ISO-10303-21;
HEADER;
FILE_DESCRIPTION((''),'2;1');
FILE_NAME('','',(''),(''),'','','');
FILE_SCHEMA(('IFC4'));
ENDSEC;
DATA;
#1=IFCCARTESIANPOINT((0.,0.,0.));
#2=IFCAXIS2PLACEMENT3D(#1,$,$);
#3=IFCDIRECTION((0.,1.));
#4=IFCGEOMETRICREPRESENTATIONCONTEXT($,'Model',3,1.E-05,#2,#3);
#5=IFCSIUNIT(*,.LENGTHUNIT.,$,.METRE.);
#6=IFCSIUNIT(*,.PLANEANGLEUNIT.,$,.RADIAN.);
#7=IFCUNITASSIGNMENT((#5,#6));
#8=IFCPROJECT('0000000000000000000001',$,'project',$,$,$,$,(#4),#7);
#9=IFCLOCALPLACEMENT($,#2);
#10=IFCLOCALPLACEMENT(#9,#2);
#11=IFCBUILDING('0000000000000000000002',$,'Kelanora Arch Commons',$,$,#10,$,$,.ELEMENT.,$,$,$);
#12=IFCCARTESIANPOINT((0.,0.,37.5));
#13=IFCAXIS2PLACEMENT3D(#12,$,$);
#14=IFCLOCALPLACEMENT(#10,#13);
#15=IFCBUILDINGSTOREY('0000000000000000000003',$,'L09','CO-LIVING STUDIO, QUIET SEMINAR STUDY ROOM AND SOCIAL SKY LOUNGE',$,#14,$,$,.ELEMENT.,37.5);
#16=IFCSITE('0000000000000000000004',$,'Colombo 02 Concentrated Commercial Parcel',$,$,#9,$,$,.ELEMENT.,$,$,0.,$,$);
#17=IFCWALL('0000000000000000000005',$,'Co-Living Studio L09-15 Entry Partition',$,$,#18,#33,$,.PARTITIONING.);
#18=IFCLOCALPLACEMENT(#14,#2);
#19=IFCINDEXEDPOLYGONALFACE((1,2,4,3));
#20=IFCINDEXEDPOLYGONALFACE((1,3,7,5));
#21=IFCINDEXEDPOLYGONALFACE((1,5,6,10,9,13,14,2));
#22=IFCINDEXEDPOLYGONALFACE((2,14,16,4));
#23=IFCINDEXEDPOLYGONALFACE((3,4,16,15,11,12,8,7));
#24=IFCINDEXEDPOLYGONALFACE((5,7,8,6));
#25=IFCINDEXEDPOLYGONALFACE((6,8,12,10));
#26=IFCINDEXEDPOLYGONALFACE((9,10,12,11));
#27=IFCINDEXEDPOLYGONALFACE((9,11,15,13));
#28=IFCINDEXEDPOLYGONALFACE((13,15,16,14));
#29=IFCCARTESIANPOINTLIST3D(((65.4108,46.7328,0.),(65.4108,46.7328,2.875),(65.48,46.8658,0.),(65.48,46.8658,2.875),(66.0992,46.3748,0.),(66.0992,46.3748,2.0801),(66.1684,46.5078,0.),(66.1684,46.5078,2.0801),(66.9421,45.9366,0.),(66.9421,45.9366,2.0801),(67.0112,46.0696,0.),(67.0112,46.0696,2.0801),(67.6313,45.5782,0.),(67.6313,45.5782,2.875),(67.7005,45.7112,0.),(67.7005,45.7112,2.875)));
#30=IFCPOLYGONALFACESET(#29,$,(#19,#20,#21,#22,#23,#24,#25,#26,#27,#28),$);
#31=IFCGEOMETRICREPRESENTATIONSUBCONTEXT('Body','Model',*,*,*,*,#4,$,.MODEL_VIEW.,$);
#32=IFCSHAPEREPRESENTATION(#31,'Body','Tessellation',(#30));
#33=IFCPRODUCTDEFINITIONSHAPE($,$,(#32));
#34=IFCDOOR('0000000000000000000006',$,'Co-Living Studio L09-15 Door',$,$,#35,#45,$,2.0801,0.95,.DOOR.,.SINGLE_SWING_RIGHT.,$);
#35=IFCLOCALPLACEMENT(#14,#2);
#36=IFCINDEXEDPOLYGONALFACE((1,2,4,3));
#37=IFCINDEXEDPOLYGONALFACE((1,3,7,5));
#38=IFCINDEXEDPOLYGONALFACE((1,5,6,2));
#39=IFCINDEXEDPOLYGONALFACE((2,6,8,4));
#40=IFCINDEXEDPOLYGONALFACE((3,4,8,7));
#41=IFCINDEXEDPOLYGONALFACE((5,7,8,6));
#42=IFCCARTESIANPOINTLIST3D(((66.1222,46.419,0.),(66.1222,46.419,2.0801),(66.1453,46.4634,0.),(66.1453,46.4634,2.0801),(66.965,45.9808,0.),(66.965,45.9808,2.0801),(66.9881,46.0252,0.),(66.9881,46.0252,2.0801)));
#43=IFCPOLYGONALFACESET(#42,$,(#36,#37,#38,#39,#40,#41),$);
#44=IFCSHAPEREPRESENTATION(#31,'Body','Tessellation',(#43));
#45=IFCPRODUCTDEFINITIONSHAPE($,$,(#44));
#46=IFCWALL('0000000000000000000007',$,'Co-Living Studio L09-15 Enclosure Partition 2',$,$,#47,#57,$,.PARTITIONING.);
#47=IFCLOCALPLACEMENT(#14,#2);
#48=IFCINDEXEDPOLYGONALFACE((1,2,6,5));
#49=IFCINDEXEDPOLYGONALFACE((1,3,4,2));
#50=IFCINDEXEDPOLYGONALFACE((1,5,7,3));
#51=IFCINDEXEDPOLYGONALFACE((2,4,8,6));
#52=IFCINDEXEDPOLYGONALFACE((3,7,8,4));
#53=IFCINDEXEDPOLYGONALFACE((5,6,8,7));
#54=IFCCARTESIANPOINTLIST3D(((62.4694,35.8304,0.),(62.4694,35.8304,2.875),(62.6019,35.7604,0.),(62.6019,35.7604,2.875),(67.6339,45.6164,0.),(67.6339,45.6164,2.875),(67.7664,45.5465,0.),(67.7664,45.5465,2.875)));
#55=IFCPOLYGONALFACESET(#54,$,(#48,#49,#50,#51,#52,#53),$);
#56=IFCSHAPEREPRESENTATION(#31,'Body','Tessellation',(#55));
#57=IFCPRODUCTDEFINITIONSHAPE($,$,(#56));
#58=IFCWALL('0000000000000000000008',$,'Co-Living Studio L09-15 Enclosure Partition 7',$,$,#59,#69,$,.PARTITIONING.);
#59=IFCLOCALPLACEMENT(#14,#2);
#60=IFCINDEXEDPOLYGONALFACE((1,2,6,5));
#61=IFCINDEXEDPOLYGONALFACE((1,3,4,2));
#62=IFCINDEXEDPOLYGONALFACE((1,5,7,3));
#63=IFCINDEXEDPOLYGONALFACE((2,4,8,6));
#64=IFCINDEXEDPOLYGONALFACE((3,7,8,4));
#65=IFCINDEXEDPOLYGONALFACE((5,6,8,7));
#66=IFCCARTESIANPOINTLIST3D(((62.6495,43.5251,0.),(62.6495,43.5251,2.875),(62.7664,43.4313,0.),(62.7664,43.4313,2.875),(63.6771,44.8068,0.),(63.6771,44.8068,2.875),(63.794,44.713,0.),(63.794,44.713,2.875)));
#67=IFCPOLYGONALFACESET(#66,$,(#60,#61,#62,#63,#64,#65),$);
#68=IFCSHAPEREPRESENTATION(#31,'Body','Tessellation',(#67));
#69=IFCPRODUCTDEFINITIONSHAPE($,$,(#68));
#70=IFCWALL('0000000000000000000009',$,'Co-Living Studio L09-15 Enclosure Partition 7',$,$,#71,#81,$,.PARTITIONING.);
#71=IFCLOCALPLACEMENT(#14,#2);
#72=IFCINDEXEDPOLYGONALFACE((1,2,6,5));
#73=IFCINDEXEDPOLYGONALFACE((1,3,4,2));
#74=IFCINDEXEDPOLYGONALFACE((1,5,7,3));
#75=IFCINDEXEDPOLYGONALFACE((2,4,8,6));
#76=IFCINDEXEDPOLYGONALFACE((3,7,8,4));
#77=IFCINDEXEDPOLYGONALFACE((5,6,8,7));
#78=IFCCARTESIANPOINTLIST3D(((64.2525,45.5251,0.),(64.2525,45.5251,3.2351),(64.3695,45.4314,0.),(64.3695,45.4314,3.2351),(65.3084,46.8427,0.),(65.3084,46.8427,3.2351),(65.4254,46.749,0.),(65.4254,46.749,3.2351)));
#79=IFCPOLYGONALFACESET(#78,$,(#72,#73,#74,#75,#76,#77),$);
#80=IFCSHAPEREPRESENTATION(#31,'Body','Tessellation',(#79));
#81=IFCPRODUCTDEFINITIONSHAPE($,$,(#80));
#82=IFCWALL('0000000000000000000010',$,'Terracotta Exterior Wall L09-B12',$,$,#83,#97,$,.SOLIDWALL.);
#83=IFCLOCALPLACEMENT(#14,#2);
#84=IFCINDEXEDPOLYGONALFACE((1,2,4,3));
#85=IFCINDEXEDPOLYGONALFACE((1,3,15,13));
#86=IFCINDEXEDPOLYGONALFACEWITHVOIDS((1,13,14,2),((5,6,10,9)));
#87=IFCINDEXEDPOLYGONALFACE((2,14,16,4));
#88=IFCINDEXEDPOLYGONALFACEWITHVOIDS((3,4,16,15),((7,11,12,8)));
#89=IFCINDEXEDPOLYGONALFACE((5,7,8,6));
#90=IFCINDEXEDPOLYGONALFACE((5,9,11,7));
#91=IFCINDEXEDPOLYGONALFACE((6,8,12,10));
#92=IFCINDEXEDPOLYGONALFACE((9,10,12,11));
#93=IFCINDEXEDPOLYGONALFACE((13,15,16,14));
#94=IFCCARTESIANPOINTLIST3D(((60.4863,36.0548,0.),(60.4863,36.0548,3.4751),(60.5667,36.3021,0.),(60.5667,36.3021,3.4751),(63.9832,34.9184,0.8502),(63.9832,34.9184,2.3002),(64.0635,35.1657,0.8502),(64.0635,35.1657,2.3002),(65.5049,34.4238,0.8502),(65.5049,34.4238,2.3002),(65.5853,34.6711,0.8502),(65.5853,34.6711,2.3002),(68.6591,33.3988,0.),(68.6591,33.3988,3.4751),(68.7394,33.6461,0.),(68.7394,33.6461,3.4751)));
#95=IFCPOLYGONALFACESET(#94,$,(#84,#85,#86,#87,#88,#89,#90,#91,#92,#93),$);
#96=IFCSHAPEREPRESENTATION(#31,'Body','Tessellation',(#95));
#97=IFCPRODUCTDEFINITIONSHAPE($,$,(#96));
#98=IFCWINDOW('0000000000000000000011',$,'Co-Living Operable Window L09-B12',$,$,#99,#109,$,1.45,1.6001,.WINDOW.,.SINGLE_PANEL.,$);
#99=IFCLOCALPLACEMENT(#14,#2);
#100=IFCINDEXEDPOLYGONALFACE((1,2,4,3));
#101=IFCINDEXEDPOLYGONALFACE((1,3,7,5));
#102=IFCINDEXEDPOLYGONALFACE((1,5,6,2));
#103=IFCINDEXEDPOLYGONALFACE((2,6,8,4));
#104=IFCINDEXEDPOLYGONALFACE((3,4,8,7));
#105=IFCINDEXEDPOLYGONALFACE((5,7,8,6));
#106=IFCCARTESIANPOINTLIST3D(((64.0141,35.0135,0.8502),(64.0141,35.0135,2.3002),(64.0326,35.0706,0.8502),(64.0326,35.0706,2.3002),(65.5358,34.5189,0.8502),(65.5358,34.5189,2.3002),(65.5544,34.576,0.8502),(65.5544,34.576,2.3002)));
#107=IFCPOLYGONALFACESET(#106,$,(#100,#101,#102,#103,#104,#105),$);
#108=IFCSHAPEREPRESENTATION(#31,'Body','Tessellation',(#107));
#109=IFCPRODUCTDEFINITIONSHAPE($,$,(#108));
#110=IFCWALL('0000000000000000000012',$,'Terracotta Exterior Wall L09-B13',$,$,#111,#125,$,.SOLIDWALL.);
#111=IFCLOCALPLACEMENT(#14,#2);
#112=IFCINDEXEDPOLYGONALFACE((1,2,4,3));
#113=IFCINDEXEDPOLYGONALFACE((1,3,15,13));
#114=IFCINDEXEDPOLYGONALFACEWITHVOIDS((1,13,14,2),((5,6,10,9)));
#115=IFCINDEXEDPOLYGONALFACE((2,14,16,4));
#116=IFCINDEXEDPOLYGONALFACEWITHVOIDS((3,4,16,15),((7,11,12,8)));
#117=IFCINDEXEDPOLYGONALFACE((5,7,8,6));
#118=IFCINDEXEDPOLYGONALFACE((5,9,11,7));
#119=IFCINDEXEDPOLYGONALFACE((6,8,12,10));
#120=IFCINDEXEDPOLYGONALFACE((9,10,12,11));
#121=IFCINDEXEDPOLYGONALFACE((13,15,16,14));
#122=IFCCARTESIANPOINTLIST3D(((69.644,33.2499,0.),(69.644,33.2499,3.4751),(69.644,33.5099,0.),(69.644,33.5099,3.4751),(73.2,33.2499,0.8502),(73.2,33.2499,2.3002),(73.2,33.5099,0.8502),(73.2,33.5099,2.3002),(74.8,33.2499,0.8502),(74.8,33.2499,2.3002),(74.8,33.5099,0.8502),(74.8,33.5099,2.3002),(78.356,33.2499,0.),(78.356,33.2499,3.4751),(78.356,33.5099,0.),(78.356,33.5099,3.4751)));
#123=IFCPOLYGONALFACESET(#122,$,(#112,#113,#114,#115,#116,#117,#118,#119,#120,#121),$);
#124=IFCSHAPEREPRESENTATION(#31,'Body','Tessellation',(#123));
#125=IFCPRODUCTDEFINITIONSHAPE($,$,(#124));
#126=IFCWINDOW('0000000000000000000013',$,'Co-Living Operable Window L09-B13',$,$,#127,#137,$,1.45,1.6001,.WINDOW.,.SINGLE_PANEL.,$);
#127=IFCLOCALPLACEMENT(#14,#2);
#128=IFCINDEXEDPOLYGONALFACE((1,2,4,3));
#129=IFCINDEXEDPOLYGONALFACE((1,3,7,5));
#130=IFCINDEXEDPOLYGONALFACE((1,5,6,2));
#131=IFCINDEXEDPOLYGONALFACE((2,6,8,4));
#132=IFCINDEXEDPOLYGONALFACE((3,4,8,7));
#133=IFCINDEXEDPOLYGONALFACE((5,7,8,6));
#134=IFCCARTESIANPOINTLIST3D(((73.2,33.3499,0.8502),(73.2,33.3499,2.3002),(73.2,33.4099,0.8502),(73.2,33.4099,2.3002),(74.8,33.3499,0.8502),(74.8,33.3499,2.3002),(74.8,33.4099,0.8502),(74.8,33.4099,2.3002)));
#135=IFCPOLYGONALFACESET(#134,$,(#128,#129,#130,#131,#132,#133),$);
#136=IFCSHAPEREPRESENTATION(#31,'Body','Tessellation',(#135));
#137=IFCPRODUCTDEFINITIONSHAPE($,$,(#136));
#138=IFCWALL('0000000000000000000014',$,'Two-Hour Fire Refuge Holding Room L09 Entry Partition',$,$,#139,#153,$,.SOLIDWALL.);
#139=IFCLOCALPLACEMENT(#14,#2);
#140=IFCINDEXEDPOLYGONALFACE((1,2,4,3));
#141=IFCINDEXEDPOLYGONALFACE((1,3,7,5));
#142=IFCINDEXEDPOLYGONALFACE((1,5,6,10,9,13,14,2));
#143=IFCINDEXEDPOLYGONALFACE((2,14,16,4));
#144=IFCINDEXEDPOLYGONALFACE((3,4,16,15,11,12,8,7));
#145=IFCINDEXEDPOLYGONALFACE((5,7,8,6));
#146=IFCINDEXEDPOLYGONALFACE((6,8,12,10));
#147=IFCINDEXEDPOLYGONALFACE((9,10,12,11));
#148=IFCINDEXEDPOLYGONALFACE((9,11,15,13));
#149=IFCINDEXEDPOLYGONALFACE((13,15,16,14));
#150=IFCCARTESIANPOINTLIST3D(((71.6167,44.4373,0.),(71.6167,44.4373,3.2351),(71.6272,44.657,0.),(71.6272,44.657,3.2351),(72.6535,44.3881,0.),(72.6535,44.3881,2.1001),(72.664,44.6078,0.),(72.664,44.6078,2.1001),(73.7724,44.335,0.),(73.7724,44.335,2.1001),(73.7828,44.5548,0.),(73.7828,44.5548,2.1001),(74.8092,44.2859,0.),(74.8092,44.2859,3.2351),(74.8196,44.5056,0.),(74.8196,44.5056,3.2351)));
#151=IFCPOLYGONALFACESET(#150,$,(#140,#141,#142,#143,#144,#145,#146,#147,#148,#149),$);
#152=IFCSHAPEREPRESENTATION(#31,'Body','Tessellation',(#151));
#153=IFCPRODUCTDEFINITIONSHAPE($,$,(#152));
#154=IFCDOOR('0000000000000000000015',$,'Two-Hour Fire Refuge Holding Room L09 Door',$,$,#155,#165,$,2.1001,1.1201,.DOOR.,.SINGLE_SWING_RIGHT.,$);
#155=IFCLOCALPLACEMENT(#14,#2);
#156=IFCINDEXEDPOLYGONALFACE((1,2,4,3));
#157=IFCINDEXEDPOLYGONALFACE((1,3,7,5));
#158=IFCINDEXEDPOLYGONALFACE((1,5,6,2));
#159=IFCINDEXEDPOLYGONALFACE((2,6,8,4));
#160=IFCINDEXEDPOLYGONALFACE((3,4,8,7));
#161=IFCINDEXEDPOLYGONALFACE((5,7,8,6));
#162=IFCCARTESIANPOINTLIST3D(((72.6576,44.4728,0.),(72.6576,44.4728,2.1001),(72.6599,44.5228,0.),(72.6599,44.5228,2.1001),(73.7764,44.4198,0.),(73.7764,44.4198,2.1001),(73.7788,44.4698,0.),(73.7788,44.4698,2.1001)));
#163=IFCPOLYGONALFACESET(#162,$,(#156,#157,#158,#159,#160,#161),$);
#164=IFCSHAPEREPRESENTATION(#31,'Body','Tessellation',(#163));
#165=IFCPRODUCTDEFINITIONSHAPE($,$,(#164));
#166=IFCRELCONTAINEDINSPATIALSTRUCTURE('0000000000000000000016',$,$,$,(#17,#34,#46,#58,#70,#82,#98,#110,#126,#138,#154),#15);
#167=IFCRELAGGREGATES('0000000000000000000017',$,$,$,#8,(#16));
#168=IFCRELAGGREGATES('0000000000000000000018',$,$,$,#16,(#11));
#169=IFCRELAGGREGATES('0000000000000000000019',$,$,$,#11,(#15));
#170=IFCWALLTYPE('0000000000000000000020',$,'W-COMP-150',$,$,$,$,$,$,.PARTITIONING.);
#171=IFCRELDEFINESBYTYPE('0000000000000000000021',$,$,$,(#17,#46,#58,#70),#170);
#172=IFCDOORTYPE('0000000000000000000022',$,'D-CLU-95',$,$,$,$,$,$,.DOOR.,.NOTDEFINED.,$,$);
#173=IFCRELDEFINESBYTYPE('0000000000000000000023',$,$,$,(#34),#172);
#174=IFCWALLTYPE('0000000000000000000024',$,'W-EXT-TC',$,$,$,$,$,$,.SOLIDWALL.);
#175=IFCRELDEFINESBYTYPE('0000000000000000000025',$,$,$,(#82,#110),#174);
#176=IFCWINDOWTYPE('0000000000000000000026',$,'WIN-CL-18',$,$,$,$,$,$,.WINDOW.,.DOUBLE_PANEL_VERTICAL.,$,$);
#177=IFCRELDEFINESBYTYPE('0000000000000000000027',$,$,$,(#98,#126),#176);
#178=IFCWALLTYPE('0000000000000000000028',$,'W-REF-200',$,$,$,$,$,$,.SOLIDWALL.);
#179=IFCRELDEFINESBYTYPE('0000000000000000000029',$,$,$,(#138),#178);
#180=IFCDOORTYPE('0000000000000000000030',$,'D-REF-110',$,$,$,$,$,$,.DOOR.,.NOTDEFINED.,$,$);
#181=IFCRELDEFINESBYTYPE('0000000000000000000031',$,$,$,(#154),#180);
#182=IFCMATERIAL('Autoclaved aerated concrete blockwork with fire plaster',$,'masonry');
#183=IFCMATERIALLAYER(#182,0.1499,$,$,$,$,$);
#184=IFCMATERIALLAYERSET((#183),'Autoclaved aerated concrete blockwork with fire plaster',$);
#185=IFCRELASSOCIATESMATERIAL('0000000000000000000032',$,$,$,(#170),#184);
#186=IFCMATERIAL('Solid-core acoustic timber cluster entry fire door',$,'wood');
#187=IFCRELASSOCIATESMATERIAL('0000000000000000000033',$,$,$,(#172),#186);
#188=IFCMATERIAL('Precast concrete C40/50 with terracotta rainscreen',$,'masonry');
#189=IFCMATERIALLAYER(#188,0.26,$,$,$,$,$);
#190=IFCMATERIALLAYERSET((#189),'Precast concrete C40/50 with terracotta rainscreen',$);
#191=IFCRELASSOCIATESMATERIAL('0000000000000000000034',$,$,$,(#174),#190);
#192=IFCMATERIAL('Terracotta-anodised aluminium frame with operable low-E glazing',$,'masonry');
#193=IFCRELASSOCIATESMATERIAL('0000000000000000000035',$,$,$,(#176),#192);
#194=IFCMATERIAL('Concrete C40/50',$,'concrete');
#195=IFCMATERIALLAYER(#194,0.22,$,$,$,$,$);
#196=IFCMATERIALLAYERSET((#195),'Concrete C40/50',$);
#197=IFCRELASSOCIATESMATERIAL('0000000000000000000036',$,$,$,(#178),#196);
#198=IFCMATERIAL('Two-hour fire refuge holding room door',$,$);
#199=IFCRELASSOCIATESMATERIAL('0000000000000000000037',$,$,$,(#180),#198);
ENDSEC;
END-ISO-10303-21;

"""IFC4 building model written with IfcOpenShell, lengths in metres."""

from ifc_helpers import new_model, si_unit, direction, frame, frame_2d, origin, place, context, subcontext, project, spatial, rectangle, extrude, material, layer, layer_set, type_object, element, fill, save


model = new_model("IFC4")

# Units and contexts
model_context = context("Model", 3, precision=1e-05, world=origin(), true_north=direction((0.0, 1.0)))
body_context = subcontext(model_context, "Body", "Model", "MODEL_VIEW")
ifc_project = project(units=[si_unit("LENGTHUNIT", "METRE"), si_unit("PLANEANGLEUNIT", "RADIAN")], contexts=[model_context])

# Site, building, storey
site_placement = place(None, origin())
site = spatial("IfcSite", under=ifc_project, at=site_placement, Name="Colombo 02 Concentrated Commercial Parcel", CompositionType="ELEMENT", RefElevation=0.0)
building_placement = place(site_placement, origin())
building = spatial("IfcBuilding", under=site, at=building_placement, Name="Kelanora Arch Commons", CompositionType="ELEMENT")
storey_placement = place(building_placement, frame((0.0, 0.0, 37.5)))
storey = spatial("IfcBuildingStorey", under=building, at=storey_placement, Name="L09", Description="CO-LIVING STUDIO, QUIET SEMINAR STUDY ROOM AND SOCIAL SKY LOUNGE", CompositionType="ELEMENT", Elevation=37.5)

# Wall, opening, door
ifc_material_1 = material(Name="Autoclaved aerated concrete blockwork with fire plaster", Category="masonry")
ifc_layer_1 = layer(ifc_material_1, 0.1499)
ifc_layer_set_1 = layer_set([ifc_layer_1], Name="Autoclaved aerated concrete blockwork with fire plaster")
wall_type_1 = type_object("IfcWallType", Name="W-COMP-150", PredefinedType="PARTITIONING", material=ifc_layer_set_1)
wall_1_placement = place(storey_placement, frame((65.4453, 46.7993, 0.0), z_axis=(0.0, 0.0, 1.0), x_axis=(0.887233, -0.461322, 0.0)))
wall_1 = element("IfcWall", 1, at=wall_1_placement, inside=storey, type_object=wall_type_1, Name="Co-Living Studio L09-15 Entry Partition", PredefinedType="PARTITIONING", context=body_context, shape_type="SweptSolid", body=[
    extrude(rectangle(XDim=2.5027, YDim=0.1499, at=frame_2d((1.2515, 0.0))), origin(), (0.0, 0.0, 1.0), 2.875),
])
opening_1_placement = place(wall_1_placement, frame((0.7759, 0.0, 0.0)))
opening_1 = element("IfcOpeningElement", 2, at=opening_1_placement, cuts=wall_1, PredefinedType="OPENING", context=body_context, shape_type="SweptSolid", body=[
    extrude(rectangle(XDim=0.95, YDim=2.0801, at=frame_2d((0.4751, 1.04))), frame((0.0, 0.085, 0.0), z_axis=(0.0, -1.0, 0.0), x_axis=(1.0, 0.0, 0.0)), (0.0, 0.0, 1.0), 0.1699),
])
ifc_material_2 = material(Name="Solid-core acoustic timber cluster entry fire door", Category="wood")
door_type_1 = type_object("IfcDoorType", Name="D-CLU-95", OperationType="NOTDEFINED", PredefinedType="DOOR", material=ifc_material_2)
door_1_placement = place(opening_1_placement, origin())
door_1 = element("IfcDoor", 3, at=door_1_placement, inside=storey, type_object=door_type_1, Name="Co-Living Studio L09-15 Door", OperationType="SINGLE_SWING_RIGHT", OverallHeight=2.0801, OverallWidth=0.95, PredefinedType="DOOR", context=body_context, shape_type="SweptSolid", body=[
    extrude(rectangle(XDim=0.95, YDim=2.0801, at=frame_2d((0.4751, 1.04))), frame((0.0, 0.0249, 0.0), z_axis=(0.0, -1.0, 0.0), x_axis=(1.0, 0.0, 0.0)), (0.0, 0.0, 1.0), 0.05),
])
fill(opening_1, door_1)

# Walls
wall_2_placement = place(storey_placement, frame((67.7002, 45.5815, 0.0), z_axis=(0.0, 0.0, 1.0), x_axis=(-0.466734, -0.884398, 0.0)))
element("IfcWall", 4, at=wall_2_placement, inside=storey, type_object=wall_type_1, Name="Co-Living Studio L09-15 Enclosure Partition 2", PredefinedType="PARTITIONING", context=body_context, shape_type="SweptSolid", body=[
    extrude(rectangle(XDim=11.0652, YDim=0.1499, at=frame_2d((5.5327, 0.0))), origin(), (0.0, 0.0, 1.0), 2.875),
])
wall_3_placement = place(storey_placement, frame((62.708, 43.4783, 0.0), z_axis=(0.0, 0.0, 1.0), x_axis=(0.62551, 0.780216, 0.0)))
element("IfcWall", 5, at=wall_3_placement, inside=storey, type_object=wall_type_1, Name="Co-Living Studio L09-15 Enclosure Partition 7", PredefinedType="PARTITIONING", context=body_context, shape_type="SweptSolid", body=[
    extrude(rectangle(XDim=1.6428, YDim=0.1499, at=frame_2d((0.8213, 0.0))), origin(), (0.0, 0.0, 1.0), 2.875),
])
wall_4_placement = place(storey_placement, frame((64.311, 45.4783, 0.0), z_axis=(0.0, 0.0, 1.0), x_axis=(0.625347, 0.780347, 0.0)))
element("IfcWall", 6, at=wall_4_placement, inside=storey, type_object=wall_type_1, Name="Co-Living Studio L09-15 Enclosure Partition 7", PredefinedType="PARTITIONING", context=body_context, shape_type="SweptSolid", body=[
    extrude(rectangle(XDim=1.6885, YDim=0.1499, at=frame_2d((0.8442, 0.0))), origin(), (0.0, 0.0, 1.0), 3.2351),
])

# Walls, openings, windows
ifc_material_3 = material(Name="Precast concrete C40/50 with terracotta rainscreen", Category="masonry")
ifc_layer_2 = layer(ifc_material_3, 0.26)
ifc_layer_set_2 = layer_set([ifc_layer_2], Name="Precast concrete C40/50 with terracotta rainscreen")
wall_type_2 = type_object("IfcWallType", Name="W-EXT-TC", PredefinedType="SOLIDWALL", material=ifc_layer_set_2)
wall_5_placement = place(storey_placement, frame((60.5264, 36.1785, 0.0), z_axis=(0.0, 0.0, 1.0), x_axis=(0.95104, -0.309068, 0.0)))
wall_5 = element("IfcWall", 7, at=wall_5_placement, inside=storey, type_object=wall_type_2, Name="Terracotta Exterior Wall L09-B12", PredefinedType="SOLIDWALL", context=body_context, shape_type="SweptSolid", body=[
    extrude(rectangle(XDim=8.5935, YDim=0.26, at=frame_2d((4.2969, 0.0))), origin(), (0.0, 0.0, 1.0), 3.4751),
])
opening_2_placement = place(wall_5_placement, frame((3.677, 0.0, 0.8501)))
opening_2 = element("IfcOpeningElement", 8, at=opening_2_placement, cuts=wall_5, PredefinedType="OPENING", context=body_context, shape_type="SweptSolid", body=[
    extrude(rectangle(XDim=1.6001, YDim=1.45, at=frame_2d((0.8, 0.7251))), frame((0.0, 0.1401, 0.0), z_axis=(0.0, -1.0, 0.0), x_axis=(1.0, 0.0, 0.0)), (0.0, 0.0, 1.0), 0.28),
])
ifc_material_4 = material(Name="Terracotta-anodised aluminium frame with operable low-E glazing", Category="masonry")
window_type = type_object("IfcWindowType", Name="WIN-CL-18", PartitioningType="DOUBLE_PANEL_VERTICAL", PredefinedType="WINDOW", material=ifc_material_4)
window_1_placement = place(opening_2_placement, origin())
window_1 = element("IfcWindow", 9, at=window_1_placement, inside=storey, type_object=window_type, Name="Co-Living Operable Window L09-B12", OverallHeight=1.45, OverallWidth=1.6001, PartitioningType="SINGLE_PANEL", PredefinedType="WINDOW", context=body_context, shape_type="SweptSolid", body=[
    extrude(rectangle(XDim=1.6001, YDim=1.45, at=frame_2d((0.8, 0.7251))), frame((0.0, 0.03, 0.0), z_axis=(0.0, -1.0, 0.0), x_axis=(1.0, 0.0, 0.0)), (0.0, 0.0, 1.0), 0.0601),
])
fill(opening_2, window_1)
wall_6_placement = place(storey_placement, frame((69.644, 33.3799, 0.0), z_axis=(0.0, 0.0, 1.0), x_axis=(1.0, 0.0, 0.0)))
wall_6 = element("IfcWall", 10, at=wall_6_placement, inside=storey, type_object=wall_type_2, Name="Terracotta Exterior Wall L09-B13", PredefinedType="SOLIDWALL", context=body_context, shape_type="SweptSolid", body=[
    extrude(rectangle(XDim=8.7119, YDim=0.26, at=frame_2d((4.356, 0.0))), origin(), (0.0, 0.0, 1.0), 3.4751),
])
opening_3_placement = place(wall_6_placement, frame((3.5559, 0.0, 0.8501)))
opening_3 = element("IfcOpeningElement", 11, at=opening_3_placement, cuts=wall_6, PredefinedType="OPENING", context=body_context, shape_type="SweptSolid", body=[
    extrude(rectangle(XDim=1.6001, YDim=1.45, at=frame_2d((0.8, 0.7251))), frame((0.0, 0.1401, 0.0), z_axis=(0.0, -1.0, 0.0), x_axis=(1.0, 0.0, 0.0)), (0.0, 0.0, 1.0), 0.28),
])
window_2_placement = place(opening_3_placement, origin())
window_2 = element("IfcWindow", 12, at=window_2_placement, inside=storey, type_object=window_type, Name="Co-Living Operable Window L09-B13", OverallHeight=1.45, OverallWidth=1.6001, PartitioningType="SINGLE_PANEL", PredefinedType="WINDOW", context=body_context, shape_type="SweptSolid", body=[
    extrude(rectangle(XDim=1.6001, YDim=1.45, at=frame_2d((0.8, 0.7251))), frame((0.0, 0.03, 0.0), z_axis=(0.0, -1.0, 0.0), x_axis=(1.0, 0.0, 0.0)), (0.0, 0.0, 1.0), 0.0601),
])
fill(opening_3, window_2)

# Wall, opening, door
ifc_material_5 = material(Name="Concrete C40/50", Category="concrete")
ifc_layer_3 = layer(ifc_material_5, 0.22)
ifc_layer_set_3 = layer_set([ifc_layer_3], Name="Concrete C40/50")
wall_type_3 = type_object("IfcWallType", Name="W-REF-200", PredefinedType="SOLIDWALL", material=ifc_layer_set_3)
wall_7_placement = place(storey_placement, frame((71.6218, 44.5471, 0.0), z_axis=(0.0, 0.0, 1.0), x_axis=(0.998878, -0.047362, 0.0)))
wall_7 = element("IfcWall", 13, at=wall_7_placement, inside=storey, type_object=wall_type_3, Name="Two-Hour Fire Refuge Holding Room L09 Entry Partition", PredefinedType="SOLIDWALL", context=body_context, shape_type="SweptSolid", body=[
    extrude(rectangle(XDim=3.196, YDim=0.22, at=frame_2d((1.5981, 0.0))), origin(), (0.0, 0.0, 1.0), 3.2351),
])
opening_4_placement = place(wall_7_placement, frame((1.0381, 0.0, 0.0)))
opening_4 = element("IfcOpeningElement", 14, at=opening_4_placement, cuts=wall_7, PredefinedType="OPENING", context=body_context, shape_type="SweptSolid", body=[
    extrude(rectangle(XDim=1.1201, YDim=2.1001, at=frame_2d((0.5601, 1.05))), frame((0.0, 0.1201, 0.0), z_axis=(0.0, -1.0, 0.0), x_axis=(1.0, 0.0, 0.0)), (0.0, 0.0, 1.0), 0.24),
])
ifc_material_6 = material(Name="Two-hour fire refuge holding room door")
door_type_2 = type_object("IfcDoorType", Name="D-REF-110", OperationType="NOTDEFINED", PredefinedType="DOOR", material=ifc_material_6)
door_2_placement = place(opening_4_placement, origin())
door_2 = element("IfcDoor", 15, at=door_2_placement, inside=storey, type_object=door_type_2, Name="Two-Hour Fire Refuge Holding Room L09 Door", OperationType="SINGLE_SWING_RIGHT", OverallHeight=2.1001, OverallWidth=1.1201, PredefinedType="DOOR", context=body_context, shape_type="SweptSolid", body=[
    extrude(rectangle(XDim=1.1201, YDim=2.1001, at=frame_2d((0.5601, 1.05))), frame((0.0, 0.0249, 0.0), z_axis=(0.0, -1.0, 0.0), x_axis=(1.0, 0.0, 0.0)), (0.0, 0.0, 1.0), 0.05),
])
fill(opening_4, door_2)

save(model, "model.ifc")
